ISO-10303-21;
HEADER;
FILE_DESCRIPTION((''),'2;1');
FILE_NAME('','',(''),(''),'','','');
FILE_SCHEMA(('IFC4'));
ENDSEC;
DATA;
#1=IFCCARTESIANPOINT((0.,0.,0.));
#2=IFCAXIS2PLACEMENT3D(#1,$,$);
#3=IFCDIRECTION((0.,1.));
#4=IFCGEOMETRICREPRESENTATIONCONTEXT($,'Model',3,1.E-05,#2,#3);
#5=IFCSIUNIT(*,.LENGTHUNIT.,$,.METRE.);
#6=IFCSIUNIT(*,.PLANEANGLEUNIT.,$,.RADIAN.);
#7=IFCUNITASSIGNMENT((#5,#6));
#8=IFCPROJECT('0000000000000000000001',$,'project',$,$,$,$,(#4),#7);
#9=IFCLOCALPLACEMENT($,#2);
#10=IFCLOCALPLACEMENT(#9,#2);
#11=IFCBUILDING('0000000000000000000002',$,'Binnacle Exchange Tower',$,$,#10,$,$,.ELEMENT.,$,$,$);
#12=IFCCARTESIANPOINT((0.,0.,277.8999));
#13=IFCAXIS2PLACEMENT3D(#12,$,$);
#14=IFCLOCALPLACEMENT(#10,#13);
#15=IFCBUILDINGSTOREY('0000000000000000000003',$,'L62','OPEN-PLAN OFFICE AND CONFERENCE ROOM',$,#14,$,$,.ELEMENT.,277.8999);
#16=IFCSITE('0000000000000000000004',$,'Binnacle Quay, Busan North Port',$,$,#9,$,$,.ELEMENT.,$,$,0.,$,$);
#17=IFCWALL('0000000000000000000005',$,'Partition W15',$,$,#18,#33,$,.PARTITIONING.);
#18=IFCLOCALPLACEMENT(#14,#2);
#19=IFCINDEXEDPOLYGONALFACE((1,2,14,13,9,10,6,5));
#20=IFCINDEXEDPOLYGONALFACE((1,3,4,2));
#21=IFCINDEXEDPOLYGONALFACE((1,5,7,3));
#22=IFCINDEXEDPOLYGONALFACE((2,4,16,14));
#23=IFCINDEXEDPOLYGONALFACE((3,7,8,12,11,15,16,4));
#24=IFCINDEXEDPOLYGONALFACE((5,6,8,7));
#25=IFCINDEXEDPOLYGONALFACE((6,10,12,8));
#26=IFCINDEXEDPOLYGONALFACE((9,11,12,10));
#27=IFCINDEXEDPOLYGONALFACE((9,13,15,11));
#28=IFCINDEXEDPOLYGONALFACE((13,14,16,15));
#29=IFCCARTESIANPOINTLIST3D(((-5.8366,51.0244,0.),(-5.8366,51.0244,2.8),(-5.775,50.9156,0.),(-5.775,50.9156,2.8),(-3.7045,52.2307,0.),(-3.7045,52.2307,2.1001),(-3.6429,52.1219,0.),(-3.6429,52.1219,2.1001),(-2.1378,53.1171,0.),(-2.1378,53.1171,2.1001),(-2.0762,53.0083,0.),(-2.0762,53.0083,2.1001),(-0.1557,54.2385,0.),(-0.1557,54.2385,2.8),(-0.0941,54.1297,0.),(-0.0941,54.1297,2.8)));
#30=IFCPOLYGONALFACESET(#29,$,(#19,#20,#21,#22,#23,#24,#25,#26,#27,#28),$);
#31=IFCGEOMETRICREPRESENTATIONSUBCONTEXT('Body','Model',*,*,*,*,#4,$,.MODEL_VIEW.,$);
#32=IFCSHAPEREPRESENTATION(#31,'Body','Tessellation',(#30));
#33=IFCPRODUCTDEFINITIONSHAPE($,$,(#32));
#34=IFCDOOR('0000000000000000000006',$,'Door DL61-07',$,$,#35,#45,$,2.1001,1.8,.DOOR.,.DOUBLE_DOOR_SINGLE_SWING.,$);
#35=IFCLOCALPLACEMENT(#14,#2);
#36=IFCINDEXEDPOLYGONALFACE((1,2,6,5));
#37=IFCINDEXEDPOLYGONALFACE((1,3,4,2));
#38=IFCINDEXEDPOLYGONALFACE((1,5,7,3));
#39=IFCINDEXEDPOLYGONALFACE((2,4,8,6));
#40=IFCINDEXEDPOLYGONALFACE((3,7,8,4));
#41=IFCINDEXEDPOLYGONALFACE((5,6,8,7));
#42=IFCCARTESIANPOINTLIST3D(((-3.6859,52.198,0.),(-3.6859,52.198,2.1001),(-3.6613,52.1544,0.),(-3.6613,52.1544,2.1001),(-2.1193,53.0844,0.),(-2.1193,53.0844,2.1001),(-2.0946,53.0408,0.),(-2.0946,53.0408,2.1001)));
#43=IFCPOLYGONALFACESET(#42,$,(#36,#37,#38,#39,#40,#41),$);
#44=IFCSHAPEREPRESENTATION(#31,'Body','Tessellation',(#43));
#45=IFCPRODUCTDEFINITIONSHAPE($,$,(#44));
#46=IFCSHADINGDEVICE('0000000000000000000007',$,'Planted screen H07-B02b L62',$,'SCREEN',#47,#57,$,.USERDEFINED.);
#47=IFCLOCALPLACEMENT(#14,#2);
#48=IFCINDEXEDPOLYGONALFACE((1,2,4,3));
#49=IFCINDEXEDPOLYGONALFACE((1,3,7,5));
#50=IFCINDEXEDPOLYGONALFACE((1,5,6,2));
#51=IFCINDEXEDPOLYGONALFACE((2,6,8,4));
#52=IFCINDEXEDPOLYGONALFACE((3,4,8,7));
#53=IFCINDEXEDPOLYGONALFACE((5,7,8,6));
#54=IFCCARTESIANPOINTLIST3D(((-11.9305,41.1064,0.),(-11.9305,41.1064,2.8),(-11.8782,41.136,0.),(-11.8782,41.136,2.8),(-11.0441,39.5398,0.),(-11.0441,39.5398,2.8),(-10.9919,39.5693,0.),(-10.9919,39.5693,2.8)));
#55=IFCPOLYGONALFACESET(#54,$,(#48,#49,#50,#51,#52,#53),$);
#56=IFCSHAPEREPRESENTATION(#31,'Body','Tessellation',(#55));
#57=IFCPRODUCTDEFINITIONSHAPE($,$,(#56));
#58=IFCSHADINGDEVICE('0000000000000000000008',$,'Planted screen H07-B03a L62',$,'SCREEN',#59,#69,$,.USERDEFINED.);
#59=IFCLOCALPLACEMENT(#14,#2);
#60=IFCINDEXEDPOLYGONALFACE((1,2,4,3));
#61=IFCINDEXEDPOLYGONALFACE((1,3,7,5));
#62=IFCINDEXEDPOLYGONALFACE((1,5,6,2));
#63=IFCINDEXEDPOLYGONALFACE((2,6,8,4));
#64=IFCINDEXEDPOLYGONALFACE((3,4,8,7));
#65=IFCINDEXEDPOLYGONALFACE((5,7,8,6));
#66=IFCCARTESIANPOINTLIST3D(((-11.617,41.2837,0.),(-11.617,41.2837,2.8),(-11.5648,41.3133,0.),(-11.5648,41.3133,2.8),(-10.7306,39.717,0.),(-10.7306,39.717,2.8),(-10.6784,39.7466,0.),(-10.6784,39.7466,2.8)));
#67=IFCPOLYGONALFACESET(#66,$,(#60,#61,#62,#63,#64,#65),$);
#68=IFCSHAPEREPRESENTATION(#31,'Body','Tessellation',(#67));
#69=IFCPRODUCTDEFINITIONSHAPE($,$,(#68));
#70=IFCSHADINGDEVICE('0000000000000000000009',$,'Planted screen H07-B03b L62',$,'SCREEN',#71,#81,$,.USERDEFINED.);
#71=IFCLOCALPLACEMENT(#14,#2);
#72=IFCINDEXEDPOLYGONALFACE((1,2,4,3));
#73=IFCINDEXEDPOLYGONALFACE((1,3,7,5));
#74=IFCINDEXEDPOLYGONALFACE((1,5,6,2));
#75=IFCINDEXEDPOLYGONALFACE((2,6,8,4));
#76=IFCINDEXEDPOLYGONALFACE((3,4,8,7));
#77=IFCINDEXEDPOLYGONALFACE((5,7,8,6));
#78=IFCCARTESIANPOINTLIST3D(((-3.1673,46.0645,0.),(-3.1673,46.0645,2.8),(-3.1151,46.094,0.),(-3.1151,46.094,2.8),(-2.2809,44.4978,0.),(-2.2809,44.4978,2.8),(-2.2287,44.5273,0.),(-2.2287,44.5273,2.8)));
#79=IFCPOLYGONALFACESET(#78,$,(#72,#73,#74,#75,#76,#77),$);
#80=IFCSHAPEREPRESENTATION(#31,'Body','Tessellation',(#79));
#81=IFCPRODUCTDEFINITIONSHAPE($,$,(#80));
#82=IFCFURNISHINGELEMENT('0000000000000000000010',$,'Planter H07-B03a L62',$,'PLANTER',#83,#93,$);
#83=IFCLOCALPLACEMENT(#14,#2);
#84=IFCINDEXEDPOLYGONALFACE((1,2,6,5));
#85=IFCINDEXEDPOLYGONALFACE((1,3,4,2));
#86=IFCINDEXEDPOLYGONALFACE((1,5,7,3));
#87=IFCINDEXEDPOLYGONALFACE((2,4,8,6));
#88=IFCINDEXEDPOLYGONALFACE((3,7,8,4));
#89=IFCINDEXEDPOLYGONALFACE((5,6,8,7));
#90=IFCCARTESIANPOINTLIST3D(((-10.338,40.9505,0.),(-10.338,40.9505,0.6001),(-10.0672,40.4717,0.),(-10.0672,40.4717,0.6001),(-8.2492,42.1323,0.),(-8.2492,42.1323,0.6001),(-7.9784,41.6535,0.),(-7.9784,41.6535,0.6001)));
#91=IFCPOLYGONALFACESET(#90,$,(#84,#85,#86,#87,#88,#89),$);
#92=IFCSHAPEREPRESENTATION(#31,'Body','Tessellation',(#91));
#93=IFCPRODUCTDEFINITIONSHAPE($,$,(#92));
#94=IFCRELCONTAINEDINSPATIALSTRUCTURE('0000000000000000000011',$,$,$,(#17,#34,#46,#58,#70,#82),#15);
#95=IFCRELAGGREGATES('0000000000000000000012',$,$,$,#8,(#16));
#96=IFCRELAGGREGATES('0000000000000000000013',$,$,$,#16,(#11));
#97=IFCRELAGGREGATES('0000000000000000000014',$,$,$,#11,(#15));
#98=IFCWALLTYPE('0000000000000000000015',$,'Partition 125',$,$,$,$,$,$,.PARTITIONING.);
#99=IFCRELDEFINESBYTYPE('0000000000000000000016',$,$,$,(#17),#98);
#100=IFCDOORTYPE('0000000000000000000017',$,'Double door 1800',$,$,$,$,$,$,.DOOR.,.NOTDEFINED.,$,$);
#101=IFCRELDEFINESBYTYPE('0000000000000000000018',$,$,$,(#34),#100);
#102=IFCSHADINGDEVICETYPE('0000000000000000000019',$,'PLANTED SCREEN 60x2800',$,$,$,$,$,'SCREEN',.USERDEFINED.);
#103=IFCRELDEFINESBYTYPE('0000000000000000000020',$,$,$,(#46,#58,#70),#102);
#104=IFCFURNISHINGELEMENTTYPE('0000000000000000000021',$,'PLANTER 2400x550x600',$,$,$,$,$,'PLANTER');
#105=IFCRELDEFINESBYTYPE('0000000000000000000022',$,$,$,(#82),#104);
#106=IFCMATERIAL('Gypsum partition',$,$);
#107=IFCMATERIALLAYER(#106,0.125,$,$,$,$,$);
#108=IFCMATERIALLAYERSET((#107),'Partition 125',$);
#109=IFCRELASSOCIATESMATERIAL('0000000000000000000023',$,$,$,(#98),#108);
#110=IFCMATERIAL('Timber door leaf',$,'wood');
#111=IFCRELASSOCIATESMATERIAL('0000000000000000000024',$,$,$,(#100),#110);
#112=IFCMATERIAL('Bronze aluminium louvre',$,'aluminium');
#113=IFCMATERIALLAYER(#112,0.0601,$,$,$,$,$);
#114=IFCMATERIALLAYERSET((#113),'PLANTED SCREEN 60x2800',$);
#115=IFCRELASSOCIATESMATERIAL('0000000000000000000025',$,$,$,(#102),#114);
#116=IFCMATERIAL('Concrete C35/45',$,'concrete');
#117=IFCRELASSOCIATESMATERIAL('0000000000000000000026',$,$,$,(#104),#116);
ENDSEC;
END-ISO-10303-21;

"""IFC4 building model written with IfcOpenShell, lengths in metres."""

from ifc_helpers import new_model, si_unit, direction, frame, frame_2d, origin, origin_2d, place, context, subcontext, project, spatial, rectangle, extrude, material, layer, layer_set, type_object, element, fill, save


model = new_model("IFC4")

# Units and contexts
model_context = context("Model", 3, precision=1e-05, world=origin(), true_north=direction((0.0, 1.0)))
body_context = subcontext(model_context, "Body", "Model", "MODEL_VIEW")
ifc_project = project(units=[si_unit("LENGTHUNIT", "METRE"), si_unit("PLANEANGLEUNIT", "RADIAN")], contexts=[model_context])

# Site, building, storey
site_placement = place(None, origin())
site = spatial("IfcSite", under=ifc_project, at=site_placement, Name="Binnacle Quay, Busan North Port", CompositionType="ELEMENT", RefElevation=0.0)
building_placement = place(site_placement, origin())
building = spatial("IfcBuilding", under=site, at=building_placement, Name="Binnacle Exchange Tower", CompositionType="ELEMENT")
storey_placement = place(building_placement, frame((0.0, 0.0, 277.8999)))
storey = spatial("IfcBuildingStorey", under=building, at=storey_placement, Name="L62", Description="OPEN-PLAN OFFICE AND CONFERENCE ROOM", CompositionType="ELEMENT", Elevation=277.8999)

# Wall, opening, door
ifc_material_1 = material(Name="Gypsum partition")
ifc_layer_1 = layer(ifc_material_1, 0.125)
ifc_layer_set_1 = layer_set([ifc_layer_1], Name="Partition 125")
wall_type_1 = type_object("IfcWallType", Name="Partition 125", PredefinedType="PARTITIONING", material=ifc_layer_set_1)
wall_1_placement = place(storey_placement, frame((-5.8059, 50.97, 0.0), z_axis=(0.0, 0.0, 1.0), x_axis=(0.870355, 0.492425, 0.0)))
wall_1 = element("IfcWall", 1, at=wall_1_placement, inside=storey, type_object=wall_type_1, Name="Partition W15", PredefinedType="PARTITIONING", context=body_context, shape_type="SweptSolid", body=[
    extrude(rectangle(XDim=6.5271, YDim=0.125, at=frame_2d((3.2637, 0.0))), origin(), (0.0, 0.0, 1.0), 2.8),
])
opening_1_placement = place(wall_1_placement, frame((2.45, 0.0, 0.0)))
opening_1 = element("IfcOpeningElement", 2, at=opening_1_placement, cuts=wall_1, PredefinedType="OPENING", context=body_context, shape_type="SweptSolid", body=[
    extrude(rectangle(XDim=1.8, YDim=2.1001, at=frame_2d((0.8999, 1.05))), frame((0.0, 0.0725, 0.0), z_axis=(0.0, -1.0, 0.0), x_axis=(1.0, 0.0, 0.0)), (0.0, 0.0, 1.0), 0.145),
])
ifc_material_2 = material(Name="Timber door leaf", Category="wood")
door_type_1 = type_object("IfcDoorType", Name="Double door 1800", OperationType="NOTDEFINED", PredefinedType="DOOR", material=ifc_material_2)
door_1_placement = place(opening_1_placement, origin())
door_1 = element("IfcDoor", 3, at=door_1_placement, inside=storey, type_object=door_type_1, Name="Door DL61-07", OperationType="DOUBLE_DOOR_SINGLE_SWING", OverallHeight=2.1001, OverallWidth=1.8, PredefinedType="DOOR", context=body_context, shape_type="SweptSolid", body=[
    extrude(rectangle(XDim=1.8, YDim=2.1001, at=frame_2d((0.8999, 1.05))), frame((0.0, 0.0249, 0.0), z_axis=(0.0, -1.0, 0.0), x_axis=(1.0, 0.0, 0.0)), (0.0, 0.0, 1.0), 0.05),
])
fill(opening_1, door_1)

# Shading devices
ifc_material_3 = material(Name="Bronze aluminium louvre", Category="aluminium")
ifc_layer_2 = layer(ifc_material_3, 0.0601)
ifc_layer_set_2 = layer_set([ifc_layer_2], Name="PLANTED SCREEN 60x2800")
shading_device_type = type_object("IfcShadingDeviceType", Name="PLANTED SCREEN 60x2800", ElementType="SCREEN", PredefinedType="USERDEFINED", material=ifc_layer_set_2)
for number, where, z_axis, x_axis, name in (
    (4, (-11.4612, 40.3379, 0.0), (0.0, 0.0, 1.0), (0.870356, 0.492424, 0.0), "Planted screen H07-B02b L62"),
    (5, (-11.1477, 40.5151, 0.0), (0.0, 0.0, 1.0), (0.870356, 0.492424, 0.0), "Planted screen H07-B03a L62"),
    (6, (-2.698, 45.2959, 0.0), (0.0, 0.0, 1.0), (0.870356, 0.492424, 0.0), "Planted screen H07-B03b L62"),
):
    element("IfcShadingDevice", number, at=place(storey_placement, frame(where, z_axis=z_axis, x_axis=x_axis)), inside=storey, type_object=shading_device_type, Name=name, ObjectType="SCREEN", PredefinedType="USERDEFINED", context=body_context, shape_type="SweptSolid", body=[
        extrude(rectangle(XDim=0.0601, YDim=1.8, at=origin_2d()), origin(), (0.0, 0.0, 1.0), 2.8),
    ])

# Furnishing element
ifc_material_4 = material(Name="Concrete C35/45", Category="concrete")
furnishing_element_type = type_object("IfcFurnishingElementType", Name="PLANTER 2400x550x600", ElementType="PLANTER", material=ifc_material_4)
furnishing_placement = place(storey_placement, frame((-9.1582, 41.302, 0.0), z_axis=(0.0, 0.0, 1.0), x_axis=(0.870356, 0.492424, 0.0)))
element("IfcFurnishingElement", 7, at=furnishing_placement, inside=storey, type_object=furnishing_element_type, Name="Planter H07-B03a L62", ObjectType="PLANTER", context=body_context, shape_type="SweptSolid", body=[
    extrude(rectangle(XDim=2.3999, YDim=0.55, at=origin_2d()), origin(), (0.0, 0.0, 1.0), 0.6001),
])

save(model, "model.ifc")
